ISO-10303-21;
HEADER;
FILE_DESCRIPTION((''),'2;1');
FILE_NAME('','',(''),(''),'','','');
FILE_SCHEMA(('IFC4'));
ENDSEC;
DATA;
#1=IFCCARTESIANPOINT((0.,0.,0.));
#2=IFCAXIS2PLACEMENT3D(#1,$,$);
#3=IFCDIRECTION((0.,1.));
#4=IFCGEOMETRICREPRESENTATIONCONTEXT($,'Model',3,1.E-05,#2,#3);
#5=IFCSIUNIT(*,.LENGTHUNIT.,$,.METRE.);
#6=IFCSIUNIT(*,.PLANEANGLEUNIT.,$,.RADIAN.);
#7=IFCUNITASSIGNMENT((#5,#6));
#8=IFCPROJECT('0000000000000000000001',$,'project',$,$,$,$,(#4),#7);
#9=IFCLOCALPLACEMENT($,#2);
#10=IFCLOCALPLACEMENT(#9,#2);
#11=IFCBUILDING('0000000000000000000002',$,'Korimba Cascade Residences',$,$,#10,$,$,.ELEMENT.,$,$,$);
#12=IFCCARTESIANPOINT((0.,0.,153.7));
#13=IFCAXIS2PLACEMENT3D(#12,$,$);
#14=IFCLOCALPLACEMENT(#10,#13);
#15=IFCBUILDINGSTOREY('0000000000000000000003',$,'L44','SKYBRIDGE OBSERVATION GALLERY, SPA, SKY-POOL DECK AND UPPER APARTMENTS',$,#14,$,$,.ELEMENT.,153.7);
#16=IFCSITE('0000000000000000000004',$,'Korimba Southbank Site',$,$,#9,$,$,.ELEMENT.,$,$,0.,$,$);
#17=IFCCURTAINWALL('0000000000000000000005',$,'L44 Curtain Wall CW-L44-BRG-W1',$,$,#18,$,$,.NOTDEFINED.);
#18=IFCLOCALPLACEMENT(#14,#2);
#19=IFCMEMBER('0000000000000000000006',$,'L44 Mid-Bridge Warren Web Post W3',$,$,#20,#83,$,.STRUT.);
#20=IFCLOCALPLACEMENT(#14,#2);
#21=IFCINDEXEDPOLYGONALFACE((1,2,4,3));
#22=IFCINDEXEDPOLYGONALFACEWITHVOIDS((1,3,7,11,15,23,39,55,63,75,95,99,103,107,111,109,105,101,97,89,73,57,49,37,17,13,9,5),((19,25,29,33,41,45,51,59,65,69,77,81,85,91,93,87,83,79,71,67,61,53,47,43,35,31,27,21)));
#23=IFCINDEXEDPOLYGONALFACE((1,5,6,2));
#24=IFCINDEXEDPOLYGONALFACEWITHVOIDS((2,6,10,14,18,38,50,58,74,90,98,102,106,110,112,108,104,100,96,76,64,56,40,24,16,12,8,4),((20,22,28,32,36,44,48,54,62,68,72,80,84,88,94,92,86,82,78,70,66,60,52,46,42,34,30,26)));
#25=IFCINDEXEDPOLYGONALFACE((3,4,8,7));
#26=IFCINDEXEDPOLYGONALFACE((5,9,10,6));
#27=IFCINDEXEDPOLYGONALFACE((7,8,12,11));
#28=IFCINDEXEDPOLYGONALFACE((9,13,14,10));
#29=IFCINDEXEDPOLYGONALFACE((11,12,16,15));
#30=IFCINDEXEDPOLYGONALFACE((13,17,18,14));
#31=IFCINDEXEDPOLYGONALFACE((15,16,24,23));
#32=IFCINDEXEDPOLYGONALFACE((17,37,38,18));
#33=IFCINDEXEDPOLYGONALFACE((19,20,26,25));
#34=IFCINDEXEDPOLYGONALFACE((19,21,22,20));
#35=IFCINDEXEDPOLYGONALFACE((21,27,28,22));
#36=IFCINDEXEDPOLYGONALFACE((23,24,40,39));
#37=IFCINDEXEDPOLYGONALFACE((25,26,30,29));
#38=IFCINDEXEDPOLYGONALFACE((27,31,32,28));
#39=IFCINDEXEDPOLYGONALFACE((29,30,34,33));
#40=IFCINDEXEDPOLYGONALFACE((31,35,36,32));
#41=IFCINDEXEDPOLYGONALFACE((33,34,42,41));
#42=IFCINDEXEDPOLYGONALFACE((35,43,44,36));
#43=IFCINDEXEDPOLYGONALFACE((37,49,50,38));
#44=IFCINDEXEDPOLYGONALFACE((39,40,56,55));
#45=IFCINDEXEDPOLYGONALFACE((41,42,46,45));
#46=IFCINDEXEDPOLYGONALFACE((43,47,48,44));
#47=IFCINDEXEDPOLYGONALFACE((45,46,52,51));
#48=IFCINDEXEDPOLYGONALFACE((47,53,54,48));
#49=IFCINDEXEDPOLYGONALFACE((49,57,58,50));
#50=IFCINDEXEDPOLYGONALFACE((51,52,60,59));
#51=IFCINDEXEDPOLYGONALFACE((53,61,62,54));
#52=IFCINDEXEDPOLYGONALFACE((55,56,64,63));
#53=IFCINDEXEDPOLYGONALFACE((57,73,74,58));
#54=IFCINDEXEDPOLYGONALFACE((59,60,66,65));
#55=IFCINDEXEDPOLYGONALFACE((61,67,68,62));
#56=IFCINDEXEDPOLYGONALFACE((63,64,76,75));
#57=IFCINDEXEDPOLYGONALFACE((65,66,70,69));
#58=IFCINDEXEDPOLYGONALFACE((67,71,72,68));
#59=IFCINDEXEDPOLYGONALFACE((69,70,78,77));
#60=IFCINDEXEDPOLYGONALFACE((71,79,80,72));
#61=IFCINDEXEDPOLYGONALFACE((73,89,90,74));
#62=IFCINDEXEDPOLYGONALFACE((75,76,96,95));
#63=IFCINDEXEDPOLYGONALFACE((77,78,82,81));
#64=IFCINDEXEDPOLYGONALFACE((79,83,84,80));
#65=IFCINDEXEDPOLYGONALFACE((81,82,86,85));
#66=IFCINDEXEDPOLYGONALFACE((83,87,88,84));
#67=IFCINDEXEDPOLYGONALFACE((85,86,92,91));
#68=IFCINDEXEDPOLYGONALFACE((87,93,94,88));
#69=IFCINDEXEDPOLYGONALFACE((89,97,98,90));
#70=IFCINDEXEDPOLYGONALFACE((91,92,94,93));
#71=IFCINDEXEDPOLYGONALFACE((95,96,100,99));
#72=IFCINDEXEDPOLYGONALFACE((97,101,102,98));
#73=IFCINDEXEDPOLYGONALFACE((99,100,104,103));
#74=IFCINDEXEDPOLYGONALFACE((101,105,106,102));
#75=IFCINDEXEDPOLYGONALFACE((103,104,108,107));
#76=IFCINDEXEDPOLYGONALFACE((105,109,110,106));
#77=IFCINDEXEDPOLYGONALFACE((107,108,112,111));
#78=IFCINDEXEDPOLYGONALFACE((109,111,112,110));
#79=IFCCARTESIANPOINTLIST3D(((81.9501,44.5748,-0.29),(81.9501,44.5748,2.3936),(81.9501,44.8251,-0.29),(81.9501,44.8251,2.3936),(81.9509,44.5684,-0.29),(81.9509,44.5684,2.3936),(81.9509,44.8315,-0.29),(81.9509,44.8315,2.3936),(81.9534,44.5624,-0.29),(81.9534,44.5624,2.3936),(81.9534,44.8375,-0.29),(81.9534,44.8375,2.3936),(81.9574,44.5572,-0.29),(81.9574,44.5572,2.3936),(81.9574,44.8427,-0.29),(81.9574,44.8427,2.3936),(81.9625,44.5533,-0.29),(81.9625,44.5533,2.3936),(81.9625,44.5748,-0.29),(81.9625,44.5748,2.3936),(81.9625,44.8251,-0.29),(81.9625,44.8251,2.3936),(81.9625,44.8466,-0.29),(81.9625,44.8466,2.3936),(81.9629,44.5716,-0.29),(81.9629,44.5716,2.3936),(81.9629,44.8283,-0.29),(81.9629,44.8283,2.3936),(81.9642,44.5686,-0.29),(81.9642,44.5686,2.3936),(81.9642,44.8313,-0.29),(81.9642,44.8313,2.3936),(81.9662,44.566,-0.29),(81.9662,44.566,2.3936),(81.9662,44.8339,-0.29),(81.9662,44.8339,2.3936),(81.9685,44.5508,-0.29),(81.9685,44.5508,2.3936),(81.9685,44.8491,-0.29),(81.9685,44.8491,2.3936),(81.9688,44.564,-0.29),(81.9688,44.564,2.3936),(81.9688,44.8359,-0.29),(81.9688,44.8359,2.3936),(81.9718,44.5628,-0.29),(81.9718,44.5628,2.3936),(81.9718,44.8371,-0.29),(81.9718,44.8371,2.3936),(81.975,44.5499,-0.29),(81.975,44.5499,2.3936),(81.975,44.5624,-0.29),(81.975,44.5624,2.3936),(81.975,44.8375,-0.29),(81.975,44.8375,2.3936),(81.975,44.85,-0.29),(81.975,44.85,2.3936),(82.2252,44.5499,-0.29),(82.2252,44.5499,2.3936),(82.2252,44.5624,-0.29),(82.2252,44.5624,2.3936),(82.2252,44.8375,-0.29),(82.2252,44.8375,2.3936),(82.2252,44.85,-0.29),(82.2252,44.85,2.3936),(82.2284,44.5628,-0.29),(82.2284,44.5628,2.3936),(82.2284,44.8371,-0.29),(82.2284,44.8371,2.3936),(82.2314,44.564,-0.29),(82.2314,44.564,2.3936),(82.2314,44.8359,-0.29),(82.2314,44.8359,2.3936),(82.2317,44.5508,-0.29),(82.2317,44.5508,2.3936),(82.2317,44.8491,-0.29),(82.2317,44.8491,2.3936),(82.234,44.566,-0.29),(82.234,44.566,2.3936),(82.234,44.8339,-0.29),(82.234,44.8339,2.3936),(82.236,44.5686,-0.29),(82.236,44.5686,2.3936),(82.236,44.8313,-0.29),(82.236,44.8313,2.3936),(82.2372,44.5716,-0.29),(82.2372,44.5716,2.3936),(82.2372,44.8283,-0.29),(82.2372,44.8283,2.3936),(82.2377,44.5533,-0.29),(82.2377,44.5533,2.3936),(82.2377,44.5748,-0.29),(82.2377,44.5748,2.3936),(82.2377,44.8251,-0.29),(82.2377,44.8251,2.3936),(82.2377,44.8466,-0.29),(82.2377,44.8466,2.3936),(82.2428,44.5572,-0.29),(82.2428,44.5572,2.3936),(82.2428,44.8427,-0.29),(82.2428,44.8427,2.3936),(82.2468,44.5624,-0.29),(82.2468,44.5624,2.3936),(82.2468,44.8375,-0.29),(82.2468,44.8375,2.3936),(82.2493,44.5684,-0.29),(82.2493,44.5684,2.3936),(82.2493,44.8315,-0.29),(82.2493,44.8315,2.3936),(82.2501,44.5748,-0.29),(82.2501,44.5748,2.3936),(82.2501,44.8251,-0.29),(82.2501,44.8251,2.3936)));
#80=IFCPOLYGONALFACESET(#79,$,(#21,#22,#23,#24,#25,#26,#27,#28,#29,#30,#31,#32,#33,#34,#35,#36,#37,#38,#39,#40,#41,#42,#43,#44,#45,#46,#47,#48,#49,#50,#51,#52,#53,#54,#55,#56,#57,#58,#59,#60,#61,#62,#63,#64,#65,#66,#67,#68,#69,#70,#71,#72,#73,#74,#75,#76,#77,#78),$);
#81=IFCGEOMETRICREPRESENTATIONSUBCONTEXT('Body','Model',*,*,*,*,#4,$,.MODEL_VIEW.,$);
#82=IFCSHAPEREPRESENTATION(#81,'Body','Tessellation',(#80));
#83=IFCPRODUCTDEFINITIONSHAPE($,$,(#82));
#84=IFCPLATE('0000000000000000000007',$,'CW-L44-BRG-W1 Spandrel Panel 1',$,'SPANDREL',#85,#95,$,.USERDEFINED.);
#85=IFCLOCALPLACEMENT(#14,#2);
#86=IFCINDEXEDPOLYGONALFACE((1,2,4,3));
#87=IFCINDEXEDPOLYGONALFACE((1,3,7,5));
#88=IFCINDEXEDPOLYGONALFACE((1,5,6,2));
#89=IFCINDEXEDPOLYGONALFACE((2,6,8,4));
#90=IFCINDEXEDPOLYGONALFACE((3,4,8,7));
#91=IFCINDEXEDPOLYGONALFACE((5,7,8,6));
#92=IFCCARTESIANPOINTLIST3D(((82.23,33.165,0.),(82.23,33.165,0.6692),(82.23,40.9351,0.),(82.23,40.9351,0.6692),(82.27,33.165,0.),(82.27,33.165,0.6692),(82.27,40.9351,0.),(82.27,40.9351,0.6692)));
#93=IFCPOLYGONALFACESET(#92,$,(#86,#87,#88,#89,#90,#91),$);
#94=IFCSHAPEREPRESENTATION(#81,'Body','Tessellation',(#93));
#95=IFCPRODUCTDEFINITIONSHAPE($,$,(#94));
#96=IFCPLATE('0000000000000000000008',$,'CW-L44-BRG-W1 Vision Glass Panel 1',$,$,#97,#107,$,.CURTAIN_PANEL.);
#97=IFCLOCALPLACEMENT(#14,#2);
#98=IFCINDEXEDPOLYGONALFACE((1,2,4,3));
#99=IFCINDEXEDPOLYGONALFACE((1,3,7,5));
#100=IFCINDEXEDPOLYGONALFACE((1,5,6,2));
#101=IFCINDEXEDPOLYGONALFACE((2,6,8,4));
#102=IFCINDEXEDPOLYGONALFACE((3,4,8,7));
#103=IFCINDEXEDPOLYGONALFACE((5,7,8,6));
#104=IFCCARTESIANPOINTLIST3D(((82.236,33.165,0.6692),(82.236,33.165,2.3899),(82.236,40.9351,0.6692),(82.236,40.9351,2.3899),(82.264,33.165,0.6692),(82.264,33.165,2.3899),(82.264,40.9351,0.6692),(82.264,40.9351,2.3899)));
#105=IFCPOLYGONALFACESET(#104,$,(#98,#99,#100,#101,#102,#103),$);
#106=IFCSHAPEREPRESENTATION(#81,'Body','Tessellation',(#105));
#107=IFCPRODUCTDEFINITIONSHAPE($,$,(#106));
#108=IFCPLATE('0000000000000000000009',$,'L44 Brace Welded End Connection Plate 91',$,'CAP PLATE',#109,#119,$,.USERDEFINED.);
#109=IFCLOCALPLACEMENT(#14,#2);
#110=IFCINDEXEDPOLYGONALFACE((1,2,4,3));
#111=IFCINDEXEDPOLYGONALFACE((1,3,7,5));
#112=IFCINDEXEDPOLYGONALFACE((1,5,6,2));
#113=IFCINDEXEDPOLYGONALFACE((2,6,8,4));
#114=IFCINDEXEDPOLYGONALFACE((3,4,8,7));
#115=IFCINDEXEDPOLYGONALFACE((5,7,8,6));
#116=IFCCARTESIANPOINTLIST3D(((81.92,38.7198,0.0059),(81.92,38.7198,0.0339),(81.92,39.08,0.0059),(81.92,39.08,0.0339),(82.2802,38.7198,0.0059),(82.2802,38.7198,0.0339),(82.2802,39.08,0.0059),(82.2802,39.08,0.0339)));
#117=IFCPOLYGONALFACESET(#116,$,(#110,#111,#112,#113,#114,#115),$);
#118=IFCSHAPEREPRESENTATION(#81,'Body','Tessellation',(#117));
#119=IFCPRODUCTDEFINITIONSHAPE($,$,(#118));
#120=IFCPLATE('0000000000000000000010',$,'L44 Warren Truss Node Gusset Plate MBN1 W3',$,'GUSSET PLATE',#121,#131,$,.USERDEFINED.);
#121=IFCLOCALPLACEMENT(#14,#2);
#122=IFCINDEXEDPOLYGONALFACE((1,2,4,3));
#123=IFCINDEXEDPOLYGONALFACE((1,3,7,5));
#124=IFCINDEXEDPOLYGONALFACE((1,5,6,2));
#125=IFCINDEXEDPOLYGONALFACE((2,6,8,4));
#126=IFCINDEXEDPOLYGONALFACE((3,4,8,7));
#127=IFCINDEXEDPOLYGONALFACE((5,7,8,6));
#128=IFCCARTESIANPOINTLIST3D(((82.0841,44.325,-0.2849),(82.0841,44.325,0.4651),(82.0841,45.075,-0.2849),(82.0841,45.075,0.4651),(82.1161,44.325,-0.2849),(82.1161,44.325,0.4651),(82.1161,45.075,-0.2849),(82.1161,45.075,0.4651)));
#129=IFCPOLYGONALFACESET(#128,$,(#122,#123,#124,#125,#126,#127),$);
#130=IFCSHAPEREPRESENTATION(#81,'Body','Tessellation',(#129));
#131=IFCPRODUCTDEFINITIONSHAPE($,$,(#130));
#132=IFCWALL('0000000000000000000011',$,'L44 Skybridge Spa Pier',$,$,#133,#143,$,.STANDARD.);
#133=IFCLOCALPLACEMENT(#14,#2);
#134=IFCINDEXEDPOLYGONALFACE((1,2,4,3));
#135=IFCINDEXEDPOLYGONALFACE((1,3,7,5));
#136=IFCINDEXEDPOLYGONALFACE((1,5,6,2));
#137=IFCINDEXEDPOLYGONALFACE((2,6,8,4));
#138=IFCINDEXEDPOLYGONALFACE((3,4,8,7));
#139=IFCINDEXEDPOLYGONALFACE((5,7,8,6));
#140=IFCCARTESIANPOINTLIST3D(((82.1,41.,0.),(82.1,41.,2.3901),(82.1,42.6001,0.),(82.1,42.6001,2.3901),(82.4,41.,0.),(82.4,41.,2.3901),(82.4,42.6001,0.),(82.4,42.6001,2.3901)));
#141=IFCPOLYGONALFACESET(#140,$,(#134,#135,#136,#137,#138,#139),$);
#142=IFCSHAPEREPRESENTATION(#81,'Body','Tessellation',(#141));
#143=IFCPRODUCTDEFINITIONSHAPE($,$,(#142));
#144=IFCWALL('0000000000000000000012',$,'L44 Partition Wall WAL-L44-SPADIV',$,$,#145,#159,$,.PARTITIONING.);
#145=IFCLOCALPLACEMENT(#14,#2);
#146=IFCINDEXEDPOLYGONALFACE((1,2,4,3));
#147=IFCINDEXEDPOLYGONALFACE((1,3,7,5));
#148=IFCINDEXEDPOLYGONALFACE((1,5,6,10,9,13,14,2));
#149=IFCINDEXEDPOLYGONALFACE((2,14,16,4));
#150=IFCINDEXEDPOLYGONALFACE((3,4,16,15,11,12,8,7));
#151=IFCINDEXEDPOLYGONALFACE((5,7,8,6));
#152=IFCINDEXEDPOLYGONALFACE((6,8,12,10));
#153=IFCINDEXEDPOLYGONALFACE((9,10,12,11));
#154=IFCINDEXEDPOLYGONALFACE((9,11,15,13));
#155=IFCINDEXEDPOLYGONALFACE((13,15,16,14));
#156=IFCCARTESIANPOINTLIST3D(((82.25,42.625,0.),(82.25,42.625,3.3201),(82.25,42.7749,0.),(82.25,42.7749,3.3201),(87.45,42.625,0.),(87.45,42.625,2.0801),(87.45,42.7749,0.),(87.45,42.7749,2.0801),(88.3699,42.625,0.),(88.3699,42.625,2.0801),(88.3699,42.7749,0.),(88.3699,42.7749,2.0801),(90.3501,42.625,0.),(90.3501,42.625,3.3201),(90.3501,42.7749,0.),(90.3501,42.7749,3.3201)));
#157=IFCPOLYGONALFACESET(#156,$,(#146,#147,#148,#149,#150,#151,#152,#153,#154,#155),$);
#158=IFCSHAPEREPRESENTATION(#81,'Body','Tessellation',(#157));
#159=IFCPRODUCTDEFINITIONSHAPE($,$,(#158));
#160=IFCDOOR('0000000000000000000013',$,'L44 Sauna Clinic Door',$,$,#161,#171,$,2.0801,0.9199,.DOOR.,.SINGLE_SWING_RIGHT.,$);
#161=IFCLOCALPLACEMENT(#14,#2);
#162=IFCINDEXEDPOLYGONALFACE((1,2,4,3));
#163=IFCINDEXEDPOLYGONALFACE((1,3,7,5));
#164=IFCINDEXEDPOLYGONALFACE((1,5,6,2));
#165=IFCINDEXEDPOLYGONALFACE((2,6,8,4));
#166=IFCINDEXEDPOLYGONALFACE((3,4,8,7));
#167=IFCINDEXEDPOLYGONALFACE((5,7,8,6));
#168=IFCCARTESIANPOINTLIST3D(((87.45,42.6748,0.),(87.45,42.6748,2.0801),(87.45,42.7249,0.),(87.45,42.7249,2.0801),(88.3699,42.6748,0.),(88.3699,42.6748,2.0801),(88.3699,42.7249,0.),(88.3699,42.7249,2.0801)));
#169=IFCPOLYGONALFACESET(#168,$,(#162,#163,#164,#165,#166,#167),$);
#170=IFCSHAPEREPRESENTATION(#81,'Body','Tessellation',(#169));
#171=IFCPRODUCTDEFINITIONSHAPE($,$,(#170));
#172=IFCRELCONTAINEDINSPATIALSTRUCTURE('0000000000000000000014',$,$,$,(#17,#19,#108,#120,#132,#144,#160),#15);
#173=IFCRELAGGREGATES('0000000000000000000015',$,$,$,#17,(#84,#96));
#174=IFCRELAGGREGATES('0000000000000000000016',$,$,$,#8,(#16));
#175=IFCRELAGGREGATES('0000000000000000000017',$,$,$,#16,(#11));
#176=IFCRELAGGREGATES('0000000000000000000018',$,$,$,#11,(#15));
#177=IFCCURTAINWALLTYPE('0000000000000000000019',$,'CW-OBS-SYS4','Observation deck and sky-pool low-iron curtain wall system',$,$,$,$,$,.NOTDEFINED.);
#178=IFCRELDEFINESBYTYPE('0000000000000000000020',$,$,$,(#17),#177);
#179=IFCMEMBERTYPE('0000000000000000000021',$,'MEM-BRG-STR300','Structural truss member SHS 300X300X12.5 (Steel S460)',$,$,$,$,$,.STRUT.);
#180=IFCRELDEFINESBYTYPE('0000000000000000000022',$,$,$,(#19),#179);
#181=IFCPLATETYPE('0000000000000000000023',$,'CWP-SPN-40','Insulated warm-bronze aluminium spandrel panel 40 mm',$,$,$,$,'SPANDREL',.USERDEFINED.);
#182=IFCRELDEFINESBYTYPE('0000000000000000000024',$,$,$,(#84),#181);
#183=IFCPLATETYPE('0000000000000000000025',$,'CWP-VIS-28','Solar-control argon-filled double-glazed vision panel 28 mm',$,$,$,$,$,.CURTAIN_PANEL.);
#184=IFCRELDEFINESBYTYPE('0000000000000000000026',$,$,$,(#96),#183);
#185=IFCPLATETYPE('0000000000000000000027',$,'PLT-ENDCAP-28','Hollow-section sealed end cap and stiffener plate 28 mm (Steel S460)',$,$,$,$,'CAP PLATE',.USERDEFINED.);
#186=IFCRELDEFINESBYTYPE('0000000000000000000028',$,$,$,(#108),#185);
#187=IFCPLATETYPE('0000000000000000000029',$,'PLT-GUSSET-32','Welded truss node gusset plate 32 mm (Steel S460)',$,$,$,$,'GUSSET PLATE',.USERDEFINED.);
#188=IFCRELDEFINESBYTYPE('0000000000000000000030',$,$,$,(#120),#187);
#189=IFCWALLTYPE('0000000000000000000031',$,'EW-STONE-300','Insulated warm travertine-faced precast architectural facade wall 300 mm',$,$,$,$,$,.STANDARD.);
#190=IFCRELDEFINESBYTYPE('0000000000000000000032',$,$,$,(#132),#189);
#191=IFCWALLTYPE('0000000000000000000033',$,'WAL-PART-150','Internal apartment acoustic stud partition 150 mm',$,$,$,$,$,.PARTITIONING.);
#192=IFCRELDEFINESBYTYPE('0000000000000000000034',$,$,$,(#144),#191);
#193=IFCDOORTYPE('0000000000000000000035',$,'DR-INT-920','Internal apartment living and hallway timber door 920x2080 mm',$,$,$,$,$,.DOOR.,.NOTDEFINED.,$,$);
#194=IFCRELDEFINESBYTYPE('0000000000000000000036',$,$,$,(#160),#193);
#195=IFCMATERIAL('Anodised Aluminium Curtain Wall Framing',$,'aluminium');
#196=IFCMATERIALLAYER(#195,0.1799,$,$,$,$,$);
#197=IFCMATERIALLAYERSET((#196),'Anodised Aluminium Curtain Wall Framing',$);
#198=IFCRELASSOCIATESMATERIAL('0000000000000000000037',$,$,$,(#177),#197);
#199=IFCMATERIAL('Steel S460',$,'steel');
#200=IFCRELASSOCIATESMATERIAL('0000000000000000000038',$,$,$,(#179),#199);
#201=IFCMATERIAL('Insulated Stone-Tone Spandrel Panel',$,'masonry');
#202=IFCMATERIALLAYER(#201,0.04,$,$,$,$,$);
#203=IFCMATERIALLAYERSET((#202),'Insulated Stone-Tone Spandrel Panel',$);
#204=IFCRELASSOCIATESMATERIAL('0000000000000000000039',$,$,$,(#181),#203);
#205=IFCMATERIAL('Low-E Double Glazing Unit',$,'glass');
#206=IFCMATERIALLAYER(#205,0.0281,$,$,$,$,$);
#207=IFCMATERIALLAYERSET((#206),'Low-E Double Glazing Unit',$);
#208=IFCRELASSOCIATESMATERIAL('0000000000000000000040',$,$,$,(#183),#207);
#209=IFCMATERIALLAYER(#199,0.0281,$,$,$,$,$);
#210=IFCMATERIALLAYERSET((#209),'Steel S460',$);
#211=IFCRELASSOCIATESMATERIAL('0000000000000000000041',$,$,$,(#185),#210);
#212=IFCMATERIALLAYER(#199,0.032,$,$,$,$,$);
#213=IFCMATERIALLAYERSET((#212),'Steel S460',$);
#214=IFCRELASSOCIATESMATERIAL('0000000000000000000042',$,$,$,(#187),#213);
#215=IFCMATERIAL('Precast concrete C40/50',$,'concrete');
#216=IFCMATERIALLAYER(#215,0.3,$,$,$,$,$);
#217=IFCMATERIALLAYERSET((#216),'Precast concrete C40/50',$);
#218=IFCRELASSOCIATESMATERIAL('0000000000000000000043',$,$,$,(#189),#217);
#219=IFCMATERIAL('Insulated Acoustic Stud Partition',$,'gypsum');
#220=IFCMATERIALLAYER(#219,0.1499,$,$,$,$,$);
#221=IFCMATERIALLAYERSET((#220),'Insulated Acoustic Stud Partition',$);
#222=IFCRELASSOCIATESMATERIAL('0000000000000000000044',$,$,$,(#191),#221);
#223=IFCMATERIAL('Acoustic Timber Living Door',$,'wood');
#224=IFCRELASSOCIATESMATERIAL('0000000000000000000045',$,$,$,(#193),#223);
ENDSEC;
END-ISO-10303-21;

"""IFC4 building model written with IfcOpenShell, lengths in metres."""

from ifc_helpers import new_model, si_unit, direction, frame, frame_2d, origin, origin_2d, place, context, subcontext, project, spatial, rectangle, hollow_rectangle, extrude, material, layer, layer_set, material_profile, profile_set, type_object, element, fill, aggregate, save


model = new_model("IFC4")

# Units and contexts
model_context = context("Model", 3, precision=1e-05, world=origin(), true_north=direction((0.0, 1.0)))
body_context = subcontext(model_context, "Body", "Model", "MODEL_VIEW")
ifc_project = project(units=[si_unit("LENGTHUNIT", "METRE"), si_unit("PLANEANGLEUNIT", "RADIAN")], contexts=[model_context])

# Site, building, storey
site_placement = place(None, origin())
site = spatial("IfcSite", under=ifc_project, at=site_placement, Name="Korimba Southbank Site", CompositionType="ELEMENT", RefElevation=0.0)
building_placement = place(site_placement, origin())
building = spatial("IfcBuilding", under=site, at=building_placement, Name="Korimba Cascade Residences", CompositionType="ELEMENT")
storey_placement = place(building_placement, frame((0.0, 0.0, 153.7)))
storey = spatial("IfcBuildingStorey", under=building, at=storey_placement, Name="L44", Description="SKYBRIDGE OBSERVATION GALLERY, SPA, SKY-POOL DECK AND UPPER APARTMENTS", CompositionType="ELEMENT", Elevation=153.7)

# Curtain wall
ifc_material_1 = material(Name="Anodised Aluminium Curtain Wall Framing", Category="aluminium")
ifc_layer_1 = layer(ifc_material_1, 0.1799)
ifc_layer_set_1 = layer_set([ifc_layer_1], Name="Anodised Aluminium Curtain Wall Framing")
curtain_wall_type = type_object("IfcCurtainWallType", Name="CW-OBS-SYS4", Description="Observation deck and sky-pool low-iron curtain wall system", PredefinedType="NOTDEFINED", material=ifc_layer_set_1)
curtain_wall_1_placement = place(storey_placement, origin())
curtain_wall_1 = element("IfcCurtainWall", 1, at=curtain_wall_1_placement, inside=storey, type_object=curtain_wall_type, Name="L44 Curtain Wall CW-L44-BRG-W1", PredefinedType="NOTDEFINED")

# Member
ifc_material_2 = material(Name="Steel S460", Category="steel")
ifc_material_profile_1 = material_profile(ifc_material_2, hollow_rectangle(XDim=0.3, YDim=0.3, WallThickness=0.0125, InnerFilletRadius=0.0125, OuterFilletRadius=0.0249, at=origin_2d()), Name="Steel S460")
ifc_profile_set_1 = profile_set([ifc_material_profile_1], Name="Steel S460")
member_type_1 = type_object("IfcMemberType", Name="MEM-BRG-STR300", Description="Structural truss member SHS 300X300X12.5 (Steel S460)", PredefinedType="STRUT", material=ifc_profile_set_1)
member_1_placement = place(storey_placement, frame((82.1001, 44.7, -0.29), z_axis=(0.0, 0.0, 1.0), x_axis=(1.0, 0.0, 0.0)))
element("IfcMember", 2, at=member_1_placement, inside=storey, type_object=member_type_1, Name="L44 Mid-Bridge Warren Web Post W3", PredefinedType="STRUT", context=body_context, shape_type="SweptSolid", body=[
    extrude(hollow_rectangle(XDim=0.3, YDim=0.3, WallThickness=0.0125, InnerFilletRadius=0.0125, OuterFilletRadius=0.0249, at=origin_2d()), origin(), (0.0, 0.0, 1.0), 2.6836),
])

# Plates
ifc_material_3 = material(Name="Insulated Stone-Tone Spandrel Panel", Category="masonry")
ifc_layer_2 = layer(ifc_material_3, 0.04)
ifc_layer_set_2 = layer_set([ifc_layer_2], Name="Insulated Stone-Tone Spandrel Panel")
plate_type_1 = type_object("IfcPlateType", Name="CWP-SPN-40", Description="Insulated warm-bronze aluminium spandrel panel 40 mm", ElementType="SPANDREL", PredefinedType="USERDEFINED", material=ifc_layer_set_2)
plate_1_placement = place(storey_placement, frame((82.25, 37.05, 0.0), z_axis=(0.0, 0.0, 1.0), x_axis=(0.0, 1.0, 0.0)))
plate_1 = element("IfcPlate", 3, at=plate_1_placement, type_object=plate_type_1, Name="CW-L44-BRG-W1 Spandrel Panel 1", ObjectType="SPANDREL", PredefinedType="USERDEFINED", context=body_context, shape_type="SweptSolid", body=[
    extrude(rectangle(XDim=7.77, YDim=0.04, at=origin_2d()), origin(), (0.0, 0.0, 1.0), 0.6692),
])
ifc_material_4 = material(Name="Low-E Double Glazing Unit", Category="glass")
ifc_layer_3 = layer(ifc_material_4, 0.0281)
ifc_layer_set_3 = layer_set([ifc_layer_3], Name="Low-E Double Glazing Unit")
plate_type_2 = type_object("IfcPlateType", Name="CWP-VIS-28", Description="Solar-control argon-filled double-glazed vision panel 28 mm", PredefinedType="CURTAIN_PANEL", material=ifc_layer_set_3)
plate_2_placement = place(storey_placement, frame((82.25, 37.05, 0.6692), z_axis=(0.0, 0.0, 1.0), x_axis=(0.0, 1.0, 0.0)))
plate_2 = element("IfcPlate", 4, at=plate_2_placement, type_object=plate_type_2, Name="CW-L44-BRG-W1 Vision Glass Panel 1", PredefinedType="CURTAIN_PANEL", context=body_context, shape_type="SweptSolid", body=[
    extrude(rectangle(XDim=7.77, YDim=0.0281, at=origin_2d()), origin(), (0.0, 0.0, 1.0), 1.7207),
])
aggregate(curtain_wall_1, [plate_1, plate_2])

# Plates
ifc_layer_4 = layer(ifc_material_2, 0.0281)
ifc_layer_set_4 = layer_set([ifc_layer_4], Name="Steel S460")
plate_type_3 = type_object("IfcPlateType", Name="PLT-ENDCAP-28", Description="Hollow-section sealed end cap and stiffener plate 28 mm (Steel S460)", ElementType="CAP PLATE", PredefinedType="USERDEFINED", material=ifc_layer_set_4)
plate_3_placement = place(storey_placement, frame((82.1001, 38.8999, 0.0059), z_axis=(0.0, 0.0, 1.0), x_axis=(1.0, 0.0, 0.0)))
element("IfcPlate", 5, at=plate_3_placement, inside=storey, type_object=plate_type_3, Name="L44 Brace Welded End Connection Plate 91", ObjectType="CAP PLATE", PredefinedType="USERDEFINED", context=body_context, shape_type="SweptSolid", body=[
    extrude(rectangle(XDim=0.3601, YDim=0.3601, at=origin_2d()), origin(), (0.0, 0.0, 1.0), 0.0281),
])
ifc_layer_5 = layer(ifc_material_2, 0.032)
ifc_layer_set_5 = layer_set([ifc_layer_5], Name="Steel S460")
plate_type_4 = type_object("IfcPlateType", Name="PLT-GUSSET-32", Description="Welded truss node gusset plate 32 mm (Steel S460)", ElementType="GUSSET PLATE", PredefinedType="USERDEFINED", material=ifc_layer_set_5)
plate_4_placement = place(storey_placement, frame((82.1001, 44.7, -0.2849), z_axis=(0.0, 0.0, 1.0), x_axis=(1.0, 0.0, 0.0)))
element("IfcPlate", 6, at=plate_4_placement, inside=storey, type_object=plate_type_4, Name="L44 Warren Truss Node Gusset Plate MBN1 W3", ObjectType="GUSSET PLATE", PredefinedType="USERDEFINED", context=body_context, shape_type="SweptSolid", body=[
    extrude(rectangle(XDim=0.032, YDim=0.75, at=origin_2d()), origin(), (0.0, 0.0, 1.0), 0.75),
])

# Wall
ifc_material_5 = material(Name="Precast concrete C40/50", Category="concrete")
ifc_layer_6 = layer(ifc_material_5, 0.3)
ifc_layer_set_6 = layer_set([ifc_layer_6], Name="Precast concrete C40/50")
wall_type_1 = type_object("IfcWallType", Name="EW-STONE-300", Description="Insulated warm travertine-faced precast architectural facade wall 300 mm", PredefinedType="STANDARD", material=ifc_layer_set_6)
wall_1_placement = place(storey_placement, frame((82.25, 41.0, 0.0), z_axis=(0.0, 0.0, 1.0), x_axis=(0.0, 1.0, 0.0)))
element("IfcWall", 7, at=wall_1_placement, inside=storey, type_object=wall_type_1, Name="L44 Skybridge Spa Pier", PredefinedType="STANDARD", context=body_context, shape_type="SweptSolid", body=[
    extrude(rectangle(XDim=1.6001, YDim=0.3, at=frame_2d((0.8, 0.0))), origin(), (0.0, 0.0, 1.0), 2.3901),
])

# Wall, opening, door
ifc_material_6 = material(Name="Insulated Acoustic Stud Partition", Category="gypsum")
ifc_layer_7 = layer(ifc_material_6, 0.1499)
ifc_layer_set_7 = layer_set([ifc_layer_7], Name="Insulated Acoustic Stud Partition")
wall_type_2 = type_object("IfcWallType", Name="WAL-PART-150", Description="Internal apartment acoustic stud partition 150 mm", PredefinedType="PARTITIONING", material=ifc_layer_set_7)
wall_2_placement = place(storey_placement, frame((82.25, 42.7, 0.0), z_axis=(0.0, 0.0, 1.0), x_axis=(1.0, 0.0, 0.0)))
wall_2 = element("IfcWall", 8, at=wall_2_placement, inside=storey, type_object=wall_type_2, Name="L44 Partition Wall WAL-L44-SPADIV", PredefinedType="PARTITIONING", context=body_context, shape_type="SweptSolid", body=[
    extrude(rectangle(XDim=8.1001, YDim=0.1499, at=frame_2d((4.05, 0.0))), origin(), (0.0, 0.0, 1.0), 3.3201),
])
opening_1_placement = place(wall_2_placement, frame((5.2, 0.0, 0.0)))
opening_1 = element("IfcOpeningElement", 9, at=opening_1_placement, cuts=wall_2, PredefinedType="OPENING", context=body_context, shape_type="SweptSolid", body=[
    extrude(rectangle(XDim=0.9199, YDim=2.0801, at=frame_2d((0.46, 1.04))), frame((0.0, 0.085, 0.0), z_axis=(0.0, -1.0, 0.0), x_axis=(1.0, 0.0, 0.0)), (0.0, 0.0, 1.0), 0.1699),
])
ifc_material_7 = material(Name="Acoustic Timber Living Door", Category="wood")
door_type_1 = type_object("IfcDoorType", Name="DR-INT-920", Description="Internal apartment living and hallway timber door 920x2080 mm", OperationType="NOTDEFINED", PredefinedType="DOOR", material=ifc_material_7)
door_1_placement = place(opening_1_placement, origin())
door_1 = element("IfcDoor", 10, at=door_1_placement, inside=storey, type_object=door_type_1, Name="L44 Sauna Clinic Door", OperationType="SINGLE_SWING_RIGHT", OverallHeight=2.0801, OverallWidth=0.9199, PredefinedType="DOOR", context=body_context, shape_type="SweptSolid", body=[
    extrude(rectangle(XDim=0.9199, YDim=2.0801, at=frame_2d((0.46, 1.04))), frame((0.0, 0.0249, 0.0), z_axis=(0.0, -1.0, 0.0), x_axis=(1.0, 0.0, 0.0)), (0.0, 0.0, 1.0), 0.05),
])
fill(opening_1, door_1)

save(model, "model.ifc")
